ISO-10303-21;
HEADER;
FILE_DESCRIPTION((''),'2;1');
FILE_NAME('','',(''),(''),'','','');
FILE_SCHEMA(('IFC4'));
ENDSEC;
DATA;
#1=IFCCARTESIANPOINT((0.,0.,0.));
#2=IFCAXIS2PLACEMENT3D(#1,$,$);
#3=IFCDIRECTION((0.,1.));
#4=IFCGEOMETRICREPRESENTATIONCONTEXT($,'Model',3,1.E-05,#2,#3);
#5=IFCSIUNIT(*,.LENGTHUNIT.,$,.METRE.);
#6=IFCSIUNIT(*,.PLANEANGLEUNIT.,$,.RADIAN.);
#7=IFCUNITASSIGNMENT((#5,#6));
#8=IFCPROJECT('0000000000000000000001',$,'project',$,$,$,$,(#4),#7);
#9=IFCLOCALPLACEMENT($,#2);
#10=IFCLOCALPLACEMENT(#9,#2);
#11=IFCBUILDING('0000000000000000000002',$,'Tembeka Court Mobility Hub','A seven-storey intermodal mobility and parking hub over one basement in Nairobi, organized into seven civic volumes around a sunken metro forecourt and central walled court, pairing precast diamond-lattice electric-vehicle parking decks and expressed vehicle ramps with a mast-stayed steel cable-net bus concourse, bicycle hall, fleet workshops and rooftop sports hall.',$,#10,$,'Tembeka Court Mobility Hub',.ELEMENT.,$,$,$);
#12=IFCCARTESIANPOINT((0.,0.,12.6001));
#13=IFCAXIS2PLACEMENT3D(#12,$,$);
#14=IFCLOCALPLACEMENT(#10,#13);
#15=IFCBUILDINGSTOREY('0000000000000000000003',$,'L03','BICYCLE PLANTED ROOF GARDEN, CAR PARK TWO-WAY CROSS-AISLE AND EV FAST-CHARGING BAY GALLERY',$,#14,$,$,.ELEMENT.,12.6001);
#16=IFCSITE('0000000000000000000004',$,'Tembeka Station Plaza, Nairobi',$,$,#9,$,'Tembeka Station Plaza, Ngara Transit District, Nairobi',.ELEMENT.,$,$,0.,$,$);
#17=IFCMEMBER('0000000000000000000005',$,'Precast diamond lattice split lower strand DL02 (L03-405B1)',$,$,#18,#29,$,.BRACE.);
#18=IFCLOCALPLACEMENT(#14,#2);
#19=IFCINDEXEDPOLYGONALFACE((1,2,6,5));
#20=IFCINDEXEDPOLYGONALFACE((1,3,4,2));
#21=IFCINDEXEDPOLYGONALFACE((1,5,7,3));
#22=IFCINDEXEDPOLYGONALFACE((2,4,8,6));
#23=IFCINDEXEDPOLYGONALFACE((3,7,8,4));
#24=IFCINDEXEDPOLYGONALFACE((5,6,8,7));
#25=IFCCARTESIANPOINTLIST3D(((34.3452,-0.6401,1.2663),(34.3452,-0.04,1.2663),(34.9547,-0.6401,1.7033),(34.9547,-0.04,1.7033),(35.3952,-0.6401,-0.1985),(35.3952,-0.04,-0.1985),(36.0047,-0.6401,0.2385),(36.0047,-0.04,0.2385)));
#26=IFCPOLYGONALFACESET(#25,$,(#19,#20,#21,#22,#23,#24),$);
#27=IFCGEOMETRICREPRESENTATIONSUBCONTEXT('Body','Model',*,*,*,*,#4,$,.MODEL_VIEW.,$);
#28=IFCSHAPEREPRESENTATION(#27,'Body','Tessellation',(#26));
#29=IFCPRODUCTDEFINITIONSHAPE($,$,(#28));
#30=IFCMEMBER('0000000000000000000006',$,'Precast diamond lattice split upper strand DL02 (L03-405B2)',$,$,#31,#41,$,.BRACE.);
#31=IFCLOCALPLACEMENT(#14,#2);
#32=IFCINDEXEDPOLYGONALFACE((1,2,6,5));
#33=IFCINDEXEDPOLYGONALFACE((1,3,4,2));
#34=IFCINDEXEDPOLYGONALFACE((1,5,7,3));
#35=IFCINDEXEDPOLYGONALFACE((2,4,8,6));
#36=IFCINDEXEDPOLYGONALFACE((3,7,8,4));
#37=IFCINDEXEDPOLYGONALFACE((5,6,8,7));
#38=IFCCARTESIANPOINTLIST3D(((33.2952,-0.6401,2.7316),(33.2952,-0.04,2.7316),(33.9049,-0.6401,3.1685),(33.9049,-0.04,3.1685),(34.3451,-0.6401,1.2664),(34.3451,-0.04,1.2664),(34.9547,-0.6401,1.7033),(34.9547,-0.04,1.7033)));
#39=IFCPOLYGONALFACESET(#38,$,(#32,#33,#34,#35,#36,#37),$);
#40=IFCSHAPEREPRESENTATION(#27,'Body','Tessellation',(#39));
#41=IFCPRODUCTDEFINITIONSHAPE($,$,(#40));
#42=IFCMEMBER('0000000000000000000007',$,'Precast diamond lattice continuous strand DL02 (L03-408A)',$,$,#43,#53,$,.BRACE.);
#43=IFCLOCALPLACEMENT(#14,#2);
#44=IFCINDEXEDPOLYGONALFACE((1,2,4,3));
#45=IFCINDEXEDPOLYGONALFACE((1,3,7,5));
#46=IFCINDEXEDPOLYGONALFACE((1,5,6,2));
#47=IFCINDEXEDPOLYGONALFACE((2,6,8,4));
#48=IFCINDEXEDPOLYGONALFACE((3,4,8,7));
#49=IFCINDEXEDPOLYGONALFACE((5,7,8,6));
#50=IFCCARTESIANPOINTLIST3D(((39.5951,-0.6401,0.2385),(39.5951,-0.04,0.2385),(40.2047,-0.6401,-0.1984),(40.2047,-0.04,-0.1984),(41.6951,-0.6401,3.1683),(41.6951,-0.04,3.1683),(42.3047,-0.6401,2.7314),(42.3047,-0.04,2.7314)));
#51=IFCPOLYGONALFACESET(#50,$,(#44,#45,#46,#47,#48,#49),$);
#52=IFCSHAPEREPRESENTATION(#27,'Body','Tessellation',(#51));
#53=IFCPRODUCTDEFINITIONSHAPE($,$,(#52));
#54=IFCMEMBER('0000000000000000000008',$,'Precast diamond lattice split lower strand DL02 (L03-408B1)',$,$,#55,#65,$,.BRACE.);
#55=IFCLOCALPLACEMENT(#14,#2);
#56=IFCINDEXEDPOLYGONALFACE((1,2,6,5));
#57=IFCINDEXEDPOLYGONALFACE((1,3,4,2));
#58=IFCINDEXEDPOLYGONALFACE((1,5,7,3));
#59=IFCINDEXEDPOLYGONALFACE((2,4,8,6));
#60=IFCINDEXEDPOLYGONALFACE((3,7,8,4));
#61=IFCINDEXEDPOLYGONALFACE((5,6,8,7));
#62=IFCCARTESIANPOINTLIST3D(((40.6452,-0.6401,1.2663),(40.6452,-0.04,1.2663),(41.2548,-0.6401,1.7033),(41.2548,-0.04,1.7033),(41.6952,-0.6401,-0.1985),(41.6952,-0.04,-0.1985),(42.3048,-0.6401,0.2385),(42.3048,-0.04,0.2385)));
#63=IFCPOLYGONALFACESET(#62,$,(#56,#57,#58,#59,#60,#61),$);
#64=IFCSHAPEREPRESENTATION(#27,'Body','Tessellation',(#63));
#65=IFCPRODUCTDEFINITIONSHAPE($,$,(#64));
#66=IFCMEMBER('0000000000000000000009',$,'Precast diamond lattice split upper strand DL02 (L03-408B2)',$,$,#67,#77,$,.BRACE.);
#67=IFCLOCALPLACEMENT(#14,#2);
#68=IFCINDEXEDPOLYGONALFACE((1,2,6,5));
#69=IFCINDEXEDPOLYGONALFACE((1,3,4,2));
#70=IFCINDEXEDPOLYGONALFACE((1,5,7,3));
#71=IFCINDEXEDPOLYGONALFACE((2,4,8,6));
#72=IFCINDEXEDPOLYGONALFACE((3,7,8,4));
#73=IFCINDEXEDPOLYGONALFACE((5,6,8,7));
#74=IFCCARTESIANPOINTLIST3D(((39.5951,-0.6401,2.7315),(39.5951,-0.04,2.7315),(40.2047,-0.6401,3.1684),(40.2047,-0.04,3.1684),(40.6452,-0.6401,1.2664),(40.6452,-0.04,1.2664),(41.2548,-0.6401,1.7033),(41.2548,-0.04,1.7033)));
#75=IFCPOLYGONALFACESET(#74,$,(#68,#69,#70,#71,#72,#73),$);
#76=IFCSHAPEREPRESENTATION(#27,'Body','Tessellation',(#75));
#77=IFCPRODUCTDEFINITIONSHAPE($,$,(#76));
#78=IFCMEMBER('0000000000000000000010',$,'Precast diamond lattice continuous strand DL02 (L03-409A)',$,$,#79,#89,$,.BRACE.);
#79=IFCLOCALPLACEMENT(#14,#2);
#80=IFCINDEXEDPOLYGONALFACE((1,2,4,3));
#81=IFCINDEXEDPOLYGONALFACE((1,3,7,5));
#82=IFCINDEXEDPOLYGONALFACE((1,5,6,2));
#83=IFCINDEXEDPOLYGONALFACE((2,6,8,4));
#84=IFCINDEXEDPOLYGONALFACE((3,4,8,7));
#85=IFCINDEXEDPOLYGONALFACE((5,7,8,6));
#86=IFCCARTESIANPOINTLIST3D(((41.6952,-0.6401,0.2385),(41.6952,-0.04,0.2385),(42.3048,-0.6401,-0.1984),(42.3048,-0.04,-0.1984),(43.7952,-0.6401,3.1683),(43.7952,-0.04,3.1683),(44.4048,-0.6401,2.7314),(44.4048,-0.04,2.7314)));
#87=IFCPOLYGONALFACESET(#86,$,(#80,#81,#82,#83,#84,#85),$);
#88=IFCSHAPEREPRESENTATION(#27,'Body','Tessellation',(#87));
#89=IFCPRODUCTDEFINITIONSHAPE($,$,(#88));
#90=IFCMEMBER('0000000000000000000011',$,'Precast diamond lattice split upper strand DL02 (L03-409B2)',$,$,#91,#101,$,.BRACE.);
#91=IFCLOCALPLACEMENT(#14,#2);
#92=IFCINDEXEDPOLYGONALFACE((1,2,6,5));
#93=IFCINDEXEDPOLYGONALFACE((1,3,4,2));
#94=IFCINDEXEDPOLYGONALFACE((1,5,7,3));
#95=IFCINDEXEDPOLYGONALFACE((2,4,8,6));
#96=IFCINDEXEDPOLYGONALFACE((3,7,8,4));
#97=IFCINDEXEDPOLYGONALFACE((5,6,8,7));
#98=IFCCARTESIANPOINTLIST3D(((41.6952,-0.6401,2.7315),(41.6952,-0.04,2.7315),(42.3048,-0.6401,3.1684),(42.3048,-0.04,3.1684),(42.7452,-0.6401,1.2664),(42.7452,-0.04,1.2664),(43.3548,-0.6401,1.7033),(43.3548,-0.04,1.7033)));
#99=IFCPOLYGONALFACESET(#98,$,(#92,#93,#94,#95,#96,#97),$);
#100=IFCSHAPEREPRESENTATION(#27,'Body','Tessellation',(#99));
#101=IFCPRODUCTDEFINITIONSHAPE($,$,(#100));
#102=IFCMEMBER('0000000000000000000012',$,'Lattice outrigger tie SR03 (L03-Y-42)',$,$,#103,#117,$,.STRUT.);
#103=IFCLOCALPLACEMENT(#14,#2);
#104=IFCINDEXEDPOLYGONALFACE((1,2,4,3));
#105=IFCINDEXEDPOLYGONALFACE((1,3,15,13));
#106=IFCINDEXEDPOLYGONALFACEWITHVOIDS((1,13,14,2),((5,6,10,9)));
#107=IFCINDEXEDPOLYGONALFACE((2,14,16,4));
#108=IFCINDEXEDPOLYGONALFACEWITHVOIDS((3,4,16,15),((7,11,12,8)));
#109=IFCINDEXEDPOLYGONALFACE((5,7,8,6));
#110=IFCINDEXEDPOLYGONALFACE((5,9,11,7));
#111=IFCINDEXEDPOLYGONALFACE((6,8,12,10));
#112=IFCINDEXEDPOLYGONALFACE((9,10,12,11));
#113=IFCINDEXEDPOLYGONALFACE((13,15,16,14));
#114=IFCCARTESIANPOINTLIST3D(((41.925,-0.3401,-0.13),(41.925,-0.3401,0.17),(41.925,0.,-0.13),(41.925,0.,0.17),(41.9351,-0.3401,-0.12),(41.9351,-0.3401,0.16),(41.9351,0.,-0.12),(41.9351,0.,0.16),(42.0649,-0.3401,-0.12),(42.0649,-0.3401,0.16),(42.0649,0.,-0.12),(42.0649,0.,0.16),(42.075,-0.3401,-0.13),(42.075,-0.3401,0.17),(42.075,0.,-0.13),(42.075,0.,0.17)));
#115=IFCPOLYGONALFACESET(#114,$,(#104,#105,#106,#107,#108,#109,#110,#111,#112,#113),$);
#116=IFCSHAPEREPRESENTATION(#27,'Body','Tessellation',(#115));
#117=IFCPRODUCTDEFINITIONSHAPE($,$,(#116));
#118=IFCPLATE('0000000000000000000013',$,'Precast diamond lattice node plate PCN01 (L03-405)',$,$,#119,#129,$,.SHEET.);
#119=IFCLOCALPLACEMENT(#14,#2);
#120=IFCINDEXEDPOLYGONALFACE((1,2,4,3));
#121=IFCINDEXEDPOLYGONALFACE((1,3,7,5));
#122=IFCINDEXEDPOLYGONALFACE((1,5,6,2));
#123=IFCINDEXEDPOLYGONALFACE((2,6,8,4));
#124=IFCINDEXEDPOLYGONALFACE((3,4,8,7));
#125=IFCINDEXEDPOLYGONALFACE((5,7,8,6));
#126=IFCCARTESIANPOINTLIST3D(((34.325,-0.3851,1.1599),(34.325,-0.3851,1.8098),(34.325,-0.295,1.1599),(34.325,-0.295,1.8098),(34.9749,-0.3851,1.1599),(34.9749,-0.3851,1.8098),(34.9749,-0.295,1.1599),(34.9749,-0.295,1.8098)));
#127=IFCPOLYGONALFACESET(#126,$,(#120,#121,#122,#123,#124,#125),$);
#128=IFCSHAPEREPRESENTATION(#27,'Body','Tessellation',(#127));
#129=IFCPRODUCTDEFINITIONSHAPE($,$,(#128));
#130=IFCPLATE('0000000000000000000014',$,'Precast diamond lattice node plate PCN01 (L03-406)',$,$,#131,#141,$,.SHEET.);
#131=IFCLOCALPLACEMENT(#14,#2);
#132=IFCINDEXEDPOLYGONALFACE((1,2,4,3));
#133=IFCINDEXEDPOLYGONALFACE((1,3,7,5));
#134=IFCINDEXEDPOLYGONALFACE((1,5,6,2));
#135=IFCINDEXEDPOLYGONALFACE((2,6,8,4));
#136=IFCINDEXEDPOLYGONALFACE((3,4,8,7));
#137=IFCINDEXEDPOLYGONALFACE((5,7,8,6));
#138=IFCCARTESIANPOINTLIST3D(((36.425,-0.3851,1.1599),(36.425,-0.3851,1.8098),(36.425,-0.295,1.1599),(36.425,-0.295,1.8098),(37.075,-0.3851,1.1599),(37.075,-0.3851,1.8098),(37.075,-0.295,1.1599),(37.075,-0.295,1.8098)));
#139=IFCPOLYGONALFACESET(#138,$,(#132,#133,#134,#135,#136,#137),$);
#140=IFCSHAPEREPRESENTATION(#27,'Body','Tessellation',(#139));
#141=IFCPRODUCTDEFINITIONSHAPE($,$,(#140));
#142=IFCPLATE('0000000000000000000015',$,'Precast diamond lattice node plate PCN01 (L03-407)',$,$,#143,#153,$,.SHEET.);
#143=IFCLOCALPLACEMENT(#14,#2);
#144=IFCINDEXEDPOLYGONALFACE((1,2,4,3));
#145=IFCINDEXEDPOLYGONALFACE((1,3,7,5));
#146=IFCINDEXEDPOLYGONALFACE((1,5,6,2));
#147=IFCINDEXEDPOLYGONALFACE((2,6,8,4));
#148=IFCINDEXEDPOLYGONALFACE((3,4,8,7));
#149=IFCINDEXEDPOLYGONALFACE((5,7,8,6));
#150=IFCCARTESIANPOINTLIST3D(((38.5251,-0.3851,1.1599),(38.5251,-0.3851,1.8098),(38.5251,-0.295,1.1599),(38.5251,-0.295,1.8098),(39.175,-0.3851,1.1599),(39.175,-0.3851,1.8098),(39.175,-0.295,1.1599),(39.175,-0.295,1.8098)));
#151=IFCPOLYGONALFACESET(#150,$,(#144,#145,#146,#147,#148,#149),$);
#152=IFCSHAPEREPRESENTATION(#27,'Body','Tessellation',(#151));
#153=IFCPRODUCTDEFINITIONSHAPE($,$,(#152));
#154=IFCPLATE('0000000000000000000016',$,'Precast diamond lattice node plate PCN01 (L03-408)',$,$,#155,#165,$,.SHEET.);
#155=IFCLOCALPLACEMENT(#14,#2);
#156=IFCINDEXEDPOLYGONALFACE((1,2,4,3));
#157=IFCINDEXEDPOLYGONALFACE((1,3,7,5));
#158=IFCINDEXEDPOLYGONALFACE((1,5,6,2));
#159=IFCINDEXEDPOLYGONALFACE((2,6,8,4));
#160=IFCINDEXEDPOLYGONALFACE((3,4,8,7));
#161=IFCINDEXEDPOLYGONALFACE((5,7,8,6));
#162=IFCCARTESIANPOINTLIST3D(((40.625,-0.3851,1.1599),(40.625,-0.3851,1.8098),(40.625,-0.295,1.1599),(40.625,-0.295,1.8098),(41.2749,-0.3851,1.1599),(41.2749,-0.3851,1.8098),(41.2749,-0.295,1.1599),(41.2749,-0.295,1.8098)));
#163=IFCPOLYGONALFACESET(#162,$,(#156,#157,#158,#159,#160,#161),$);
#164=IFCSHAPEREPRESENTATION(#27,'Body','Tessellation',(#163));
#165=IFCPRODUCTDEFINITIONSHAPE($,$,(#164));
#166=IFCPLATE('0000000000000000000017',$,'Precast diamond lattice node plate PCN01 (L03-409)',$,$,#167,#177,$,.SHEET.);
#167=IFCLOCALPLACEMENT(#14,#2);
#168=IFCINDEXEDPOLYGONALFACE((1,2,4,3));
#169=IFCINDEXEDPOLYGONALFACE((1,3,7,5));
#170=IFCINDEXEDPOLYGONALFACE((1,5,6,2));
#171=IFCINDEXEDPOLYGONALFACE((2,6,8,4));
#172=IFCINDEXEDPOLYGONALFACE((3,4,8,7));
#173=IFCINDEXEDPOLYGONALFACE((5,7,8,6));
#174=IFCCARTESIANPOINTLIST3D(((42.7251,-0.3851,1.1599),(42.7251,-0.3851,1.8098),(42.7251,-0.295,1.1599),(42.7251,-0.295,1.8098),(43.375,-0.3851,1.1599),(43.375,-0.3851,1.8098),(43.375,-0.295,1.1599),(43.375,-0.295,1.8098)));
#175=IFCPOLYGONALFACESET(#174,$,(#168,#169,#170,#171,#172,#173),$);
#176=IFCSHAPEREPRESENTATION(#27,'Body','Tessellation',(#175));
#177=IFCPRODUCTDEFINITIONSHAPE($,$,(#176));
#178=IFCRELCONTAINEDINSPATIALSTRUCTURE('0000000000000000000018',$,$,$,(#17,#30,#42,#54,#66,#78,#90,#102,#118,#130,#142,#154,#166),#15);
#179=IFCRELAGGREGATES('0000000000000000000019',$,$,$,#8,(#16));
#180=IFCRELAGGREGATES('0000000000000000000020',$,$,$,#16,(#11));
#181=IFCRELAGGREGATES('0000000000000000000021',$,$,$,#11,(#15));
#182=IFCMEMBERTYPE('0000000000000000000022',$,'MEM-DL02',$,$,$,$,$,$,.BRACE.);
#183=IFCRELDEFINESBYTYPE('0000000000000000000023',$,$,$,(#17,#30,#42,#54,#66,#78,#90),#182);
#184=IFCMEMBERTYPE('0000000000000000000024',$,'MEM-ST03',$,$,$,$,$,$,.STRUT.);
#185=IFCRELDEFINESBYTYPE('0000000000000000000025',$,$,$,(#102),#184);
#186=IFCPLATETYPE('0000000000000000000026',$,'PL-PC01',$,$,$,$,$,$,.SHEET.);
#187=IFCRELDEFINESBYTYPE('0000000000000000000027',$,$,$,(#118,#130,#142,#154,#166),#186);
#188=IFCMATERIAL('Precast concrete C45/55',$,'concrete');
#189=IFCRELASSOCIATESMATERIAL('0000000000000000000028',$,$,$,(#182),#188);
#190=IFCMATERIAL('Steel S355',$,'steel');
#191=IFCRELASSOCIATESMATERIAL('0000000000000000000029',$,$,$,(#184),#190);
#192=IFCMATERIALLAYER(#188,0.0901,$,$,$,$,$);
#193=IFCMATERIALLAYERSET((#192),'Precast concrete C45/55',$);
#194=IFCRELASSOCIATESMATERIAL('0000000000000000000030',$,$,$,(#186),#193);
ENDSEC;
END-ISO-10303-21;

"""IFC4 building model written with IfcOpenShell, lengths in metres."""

from ifc_helpers import new_model, si_unit, direction, frame, origin, origin_2d, place, context, subcontext, project, spatial, rectangle, hollow_rectangle, extrude, material, layer, layer_set, material_profile, profile_set, type_object, element, save


model = new_model("IFC4")

# Units and contexts
model_context = context("Model", 3, precision=1e-05, world=origin(), true_north=direction((0.0, 1.0)))
body_context = subcontext(model_context, "Body", "Model", "MODEL_VIEW")
ifc_project = project(units=[si_unit("LENGTHUNIT", "METRE"), si_unit("PLANEANGLEUNIT", "RADIAN")], contexts=[model_context])

# Site, building, storey
site_placement = place(None, origin())
site = spatial("IfcSite", under=ifc_project, at=site_placement, Name="Tembeka Station Plaza, Nairobi", LongName="Tembeka Station Plaza, Ngara Transit District, Nairobi", CompositionType="ELEMENT", RefElevation=0.0)
building_placement = place(site_placement, origin())
building = spatial("IfcBuilding", under=site, at=building_placement, Name="Tembeka Court Mobility Hub", Description="A seven-storey intermodal mobility and parking hub over one basement in Nairobi, organized into seven civic volumes around a sunken metro forecourt and central walled court, pairing precast diamond-lattice electric-vehicle parking decks and expressed vehicle ramps with a mast-stayed steel cable-net bus concourse, bicycle hall, fleet workshops and rooftop sports hall.", LongName="Tembeka Court Mobility Hub", CompositionType="ELEMENT")
storey_placement = place(building_placement, frame((0.0, 0.0, 12.6001)))
storey = spatial("IfcBuildingStorey", under=building, at=storey_placement, Name="L03", Description="BICYCLE PLANTED ROOF GARDEN, CAR PARK TWO-WAY CROSS-AISLE AND EV FAST-CHARGING BAY GALLERY", CompositionType="ELEMENT", Elevation=12.6001)

# Shared definitions
ifc_material_1 = material(Name="Steel S355", Category="steel")

# Shared definitions
ifc_material_2 = material(Name="Precast concrete C45/55", Category="concrete")

# Members
ifc_material_profile_1 = material_profile(ifc_material_2, rectangle(XDim=0.6001, YDim=0.75, at=origin_2d()), Name="PC-DIAG 600x750")
ifc_profile_set_1 = profile_set([ifc_material_profile_1], Name="Precast concrete C45/55")
member_type_1 = type_object("IfcMemberType", Name="MEM-DL02", PredefinedType="BRACE", material=ifc_profile_set_1)
member_1_placement = place(storey_placement, frame((35.7, -0.3401, 0.02), z_axis=(-0.582608, 0.0, 0.812753), x_axis=(0.0, -1.0, 0.0)))
element("IfcMember", 1, at=member_1_placement, inside=storey, type_object=member_type_1, Name="Precast diamond lattice split lower strand DL02 (L03-405B1)", PredefinedType="BRACE", context=body_context, shape_type="SweptSolid", body=[
    extrude(rectangle(XDim=0.6001, YDim=0.75, at=origin_2d()), origin(), (0.0, 0.0, 1.0), 1.8022),
])
member_2_placement = place(storey_placement, frame((34.6499, -0.3401, 1.4849), z_axis=(-0.582455, 0.0, 0.812863), x_axis=(0.0, -1.0, 0.0)))
element("IfcMember", 2, at=member_2_placement, inside=storey, type_object=member_type_1, Name="Precast diamond lattice split upper strand DL02 (L03-405B2)", PredefinedType="BRACE", context=body_context, shape_type="SweptSolid", body=[
    extrude(rectangle(XDim=0.6001, YDim=0.75, at=origin_2d()), origin(), (0.0, 0.0, 1.0), 1.8025),
])
member_3_placement = place(storey_placement, frame((39.8999, -0.3401, 0.02), z_axis=(0.582576, 0.0, 0.812776), x_axis=(0.0, 1.0, 0.0)))
element("IfcMember", 3, at=member_3_placement, inside=storey, type_object=member_type_1, Name="Precast diamond lattice continuous strand DL02 (L03-408A)", PredefinedType="BRACE", context=body_context, shape_type="SweptSolid", body=[
    extrude(rectangle(XDim=0.6001, YDim=0.75, at=origin_2d()), origin(), (0.0, 0.0, 1.0), 3.6047),
])
member_4_placement = place(storey_placement, frame((42.0, -0.3401, 0.02), z_axis=(-0.582608, 0.0, 0.812753), x_axis=(0.0, -1.0, 0.0)))
element("IfcMember", 4, at=member_4_placement, inside=storey, type_object=member_type_1, Name="Precast diamond lattice split lower strand DL02 (L03-408B1)", PredefinedType="BRACE", context=body_context, shape_type="SweptSolid", body=[
    extrude(rectangle(XDim=0.6001, YDim=0.75, at=origin_2d()), origin(), (0.0, 0.0, 1.0), 1.8022),
])
member_5_placement = place(storey_placement, frame((40.95, -0.3401, 1.4849), z_axis=(-0.582544, 0.0, 0.812799), x_axis=(0.0, -1.0, 0.0)))
element("IfcMember", 5, at=member_5_placement, inside=storey, type_object=member_type_1, Name="Precast diamond lattice split upper strand DL02 (L03-408B2)", PredefinedType="BRACE", context=body_context, shape_type="SweptSolid", body=[
    extrude(rectangle(XDim=0.6001, YDim=0.75, at=origin_2d()), origin(), (0.0, 0.0, 1.0), 1.8025),
])
member_6_placement = place(storey_placement, frame((42.0, -0.3401, 0.02), z_axis=(0.582576, 0.0, 0.812776), x_axis=(0.0, 1.0, 0.0)))
element("IfcMember", 6, at=member_6_placement, inside=storey, type_object=member_type_1, Name="Precast diamond lattice continuous strand DL02 (L03-409A)", PredefinedType="BRACE", context=body_context, shape_type="SweptSolid", body=[
    extrude(rectangle(XDim=0.6001, YDim=0.75, at=origin_2d()), origin(), (0.0, 0.0, 1.0), 3.6047),
])
member_7_placement = place(storey_placement, frame((43.05, -0.3401, 1.4849), z_axis=(-0.582544, 0.0, 0.812799), x_axis=(0.0, -1.0, 0.0)))
element("IfcMember", 7, at=member_7_placement, inside=storey, type_object=member_type_1, Name="Precast diamond lattice split upper strand DL02 (L03-409B2)", PredefinedType="BRACE", context=body_context, shape_type="SweptSolid", body=[
    extrude(rectangle(XDim=0.6001, YDim=0.75, at=origin_2d()), origin(), (0.0, 0.0, 1.0), 1.8025),
])
ifc_material_profile_2 = material_profile(ifc_material_1, hollow_rectangle(XDim=0.1499, YDim=0.3, WallThickness=0.01, at=origin_2d()), Name="RHS 300x150x10")
ifc_profile_set_2 = profile_set([ifc_material_profile_2], Name="Steel S355")
member_type_2 = type_object("IfcMemberType", Name="MEM-ST03", PredefinedType="STRUT", material=ifc_profile_set_2)
member_8_placement = place(storey_placement, frame((42.0, 0.0, 0.02), z_axis=(0.0, -1.0, 0.0), x_axis=(1.0, 0.0, 0.0)))
element("IfcMember", 8, at=member_8_placement, inside=storey, type_object=member_type_2, Name="Lattice outrigger tie SR03 (L03-Y-42)", PredefinedType="STRUT", context=body_context, shape_type="SweptSolid", body=[
    extrude(hollow_rectangle(XDim=0.1499, YDim=0.3, WallThickness=0.01, at=origin_2d()), origin(), (0.0, 0.0, 1.0), 0.3401),
])

# Plates
ifc_layer = layer(ifc_material_2, 0.0901)
ifc_layer_set = layer_set([ifc_layer], Name="Precast concrete C45/55")
plate_type = type_object("IfcPlateType", Name="PL-PC01", PredefinedType="SHEET", material=ifc_layer_set)
for number, where, z_axis, x_axis, name in (
    (9, (34.6499, -0.3401, 1.1599), (0.0, 0.0, 1.0), (1.0, 0.0, 0.0), "Precast diamond lattice node plate PCN01 (L03-405)"),
    (10, (36.75, -0.3401, 1.1599), (0.0, 0.0, 1.0), (1.0, 0.0, 0.0), "Precast diamond lattice node plate PCN01 (L03-406)"),
    (11, (38.8501, -0.3401, 1.1599), (0.0, 0.0, 1.0), (1.0, 0.0, 0.0), "Precast diamond lattice node plate PCN01 (L03-407)"),
    (12, (40.95, -0.3401, 1.1599), (0.0, 0.0, 1.0), (1.0, 0.0, 0.0), "Precast diamond lattice node plate PCN01 (L03-408)"),
    (13, (43.05, -0.3401, 1.1599), (0.0, 0.0, 1.0), (1.0, 0.0, 0.0), "Precast diamond lattice node plate PCN01 (L03-409)"),
):
    element("IfcPlate", number, at=place(storey_placement, frame(where, z_axis=z_axis, x_axis=x_axis)), inside=storey, type_object=plate_type, Name=name, PredefinedType="SHEET", context=body_context, shape_type="SweptSolid", body=[
        extrude(rectangle(XDim=0.6499, YDim=0.0901, at=origin_2d()), origin(), (0.0, 0.0, 1.0), 0.6499),
    ])

save(model, "model.ifc")
